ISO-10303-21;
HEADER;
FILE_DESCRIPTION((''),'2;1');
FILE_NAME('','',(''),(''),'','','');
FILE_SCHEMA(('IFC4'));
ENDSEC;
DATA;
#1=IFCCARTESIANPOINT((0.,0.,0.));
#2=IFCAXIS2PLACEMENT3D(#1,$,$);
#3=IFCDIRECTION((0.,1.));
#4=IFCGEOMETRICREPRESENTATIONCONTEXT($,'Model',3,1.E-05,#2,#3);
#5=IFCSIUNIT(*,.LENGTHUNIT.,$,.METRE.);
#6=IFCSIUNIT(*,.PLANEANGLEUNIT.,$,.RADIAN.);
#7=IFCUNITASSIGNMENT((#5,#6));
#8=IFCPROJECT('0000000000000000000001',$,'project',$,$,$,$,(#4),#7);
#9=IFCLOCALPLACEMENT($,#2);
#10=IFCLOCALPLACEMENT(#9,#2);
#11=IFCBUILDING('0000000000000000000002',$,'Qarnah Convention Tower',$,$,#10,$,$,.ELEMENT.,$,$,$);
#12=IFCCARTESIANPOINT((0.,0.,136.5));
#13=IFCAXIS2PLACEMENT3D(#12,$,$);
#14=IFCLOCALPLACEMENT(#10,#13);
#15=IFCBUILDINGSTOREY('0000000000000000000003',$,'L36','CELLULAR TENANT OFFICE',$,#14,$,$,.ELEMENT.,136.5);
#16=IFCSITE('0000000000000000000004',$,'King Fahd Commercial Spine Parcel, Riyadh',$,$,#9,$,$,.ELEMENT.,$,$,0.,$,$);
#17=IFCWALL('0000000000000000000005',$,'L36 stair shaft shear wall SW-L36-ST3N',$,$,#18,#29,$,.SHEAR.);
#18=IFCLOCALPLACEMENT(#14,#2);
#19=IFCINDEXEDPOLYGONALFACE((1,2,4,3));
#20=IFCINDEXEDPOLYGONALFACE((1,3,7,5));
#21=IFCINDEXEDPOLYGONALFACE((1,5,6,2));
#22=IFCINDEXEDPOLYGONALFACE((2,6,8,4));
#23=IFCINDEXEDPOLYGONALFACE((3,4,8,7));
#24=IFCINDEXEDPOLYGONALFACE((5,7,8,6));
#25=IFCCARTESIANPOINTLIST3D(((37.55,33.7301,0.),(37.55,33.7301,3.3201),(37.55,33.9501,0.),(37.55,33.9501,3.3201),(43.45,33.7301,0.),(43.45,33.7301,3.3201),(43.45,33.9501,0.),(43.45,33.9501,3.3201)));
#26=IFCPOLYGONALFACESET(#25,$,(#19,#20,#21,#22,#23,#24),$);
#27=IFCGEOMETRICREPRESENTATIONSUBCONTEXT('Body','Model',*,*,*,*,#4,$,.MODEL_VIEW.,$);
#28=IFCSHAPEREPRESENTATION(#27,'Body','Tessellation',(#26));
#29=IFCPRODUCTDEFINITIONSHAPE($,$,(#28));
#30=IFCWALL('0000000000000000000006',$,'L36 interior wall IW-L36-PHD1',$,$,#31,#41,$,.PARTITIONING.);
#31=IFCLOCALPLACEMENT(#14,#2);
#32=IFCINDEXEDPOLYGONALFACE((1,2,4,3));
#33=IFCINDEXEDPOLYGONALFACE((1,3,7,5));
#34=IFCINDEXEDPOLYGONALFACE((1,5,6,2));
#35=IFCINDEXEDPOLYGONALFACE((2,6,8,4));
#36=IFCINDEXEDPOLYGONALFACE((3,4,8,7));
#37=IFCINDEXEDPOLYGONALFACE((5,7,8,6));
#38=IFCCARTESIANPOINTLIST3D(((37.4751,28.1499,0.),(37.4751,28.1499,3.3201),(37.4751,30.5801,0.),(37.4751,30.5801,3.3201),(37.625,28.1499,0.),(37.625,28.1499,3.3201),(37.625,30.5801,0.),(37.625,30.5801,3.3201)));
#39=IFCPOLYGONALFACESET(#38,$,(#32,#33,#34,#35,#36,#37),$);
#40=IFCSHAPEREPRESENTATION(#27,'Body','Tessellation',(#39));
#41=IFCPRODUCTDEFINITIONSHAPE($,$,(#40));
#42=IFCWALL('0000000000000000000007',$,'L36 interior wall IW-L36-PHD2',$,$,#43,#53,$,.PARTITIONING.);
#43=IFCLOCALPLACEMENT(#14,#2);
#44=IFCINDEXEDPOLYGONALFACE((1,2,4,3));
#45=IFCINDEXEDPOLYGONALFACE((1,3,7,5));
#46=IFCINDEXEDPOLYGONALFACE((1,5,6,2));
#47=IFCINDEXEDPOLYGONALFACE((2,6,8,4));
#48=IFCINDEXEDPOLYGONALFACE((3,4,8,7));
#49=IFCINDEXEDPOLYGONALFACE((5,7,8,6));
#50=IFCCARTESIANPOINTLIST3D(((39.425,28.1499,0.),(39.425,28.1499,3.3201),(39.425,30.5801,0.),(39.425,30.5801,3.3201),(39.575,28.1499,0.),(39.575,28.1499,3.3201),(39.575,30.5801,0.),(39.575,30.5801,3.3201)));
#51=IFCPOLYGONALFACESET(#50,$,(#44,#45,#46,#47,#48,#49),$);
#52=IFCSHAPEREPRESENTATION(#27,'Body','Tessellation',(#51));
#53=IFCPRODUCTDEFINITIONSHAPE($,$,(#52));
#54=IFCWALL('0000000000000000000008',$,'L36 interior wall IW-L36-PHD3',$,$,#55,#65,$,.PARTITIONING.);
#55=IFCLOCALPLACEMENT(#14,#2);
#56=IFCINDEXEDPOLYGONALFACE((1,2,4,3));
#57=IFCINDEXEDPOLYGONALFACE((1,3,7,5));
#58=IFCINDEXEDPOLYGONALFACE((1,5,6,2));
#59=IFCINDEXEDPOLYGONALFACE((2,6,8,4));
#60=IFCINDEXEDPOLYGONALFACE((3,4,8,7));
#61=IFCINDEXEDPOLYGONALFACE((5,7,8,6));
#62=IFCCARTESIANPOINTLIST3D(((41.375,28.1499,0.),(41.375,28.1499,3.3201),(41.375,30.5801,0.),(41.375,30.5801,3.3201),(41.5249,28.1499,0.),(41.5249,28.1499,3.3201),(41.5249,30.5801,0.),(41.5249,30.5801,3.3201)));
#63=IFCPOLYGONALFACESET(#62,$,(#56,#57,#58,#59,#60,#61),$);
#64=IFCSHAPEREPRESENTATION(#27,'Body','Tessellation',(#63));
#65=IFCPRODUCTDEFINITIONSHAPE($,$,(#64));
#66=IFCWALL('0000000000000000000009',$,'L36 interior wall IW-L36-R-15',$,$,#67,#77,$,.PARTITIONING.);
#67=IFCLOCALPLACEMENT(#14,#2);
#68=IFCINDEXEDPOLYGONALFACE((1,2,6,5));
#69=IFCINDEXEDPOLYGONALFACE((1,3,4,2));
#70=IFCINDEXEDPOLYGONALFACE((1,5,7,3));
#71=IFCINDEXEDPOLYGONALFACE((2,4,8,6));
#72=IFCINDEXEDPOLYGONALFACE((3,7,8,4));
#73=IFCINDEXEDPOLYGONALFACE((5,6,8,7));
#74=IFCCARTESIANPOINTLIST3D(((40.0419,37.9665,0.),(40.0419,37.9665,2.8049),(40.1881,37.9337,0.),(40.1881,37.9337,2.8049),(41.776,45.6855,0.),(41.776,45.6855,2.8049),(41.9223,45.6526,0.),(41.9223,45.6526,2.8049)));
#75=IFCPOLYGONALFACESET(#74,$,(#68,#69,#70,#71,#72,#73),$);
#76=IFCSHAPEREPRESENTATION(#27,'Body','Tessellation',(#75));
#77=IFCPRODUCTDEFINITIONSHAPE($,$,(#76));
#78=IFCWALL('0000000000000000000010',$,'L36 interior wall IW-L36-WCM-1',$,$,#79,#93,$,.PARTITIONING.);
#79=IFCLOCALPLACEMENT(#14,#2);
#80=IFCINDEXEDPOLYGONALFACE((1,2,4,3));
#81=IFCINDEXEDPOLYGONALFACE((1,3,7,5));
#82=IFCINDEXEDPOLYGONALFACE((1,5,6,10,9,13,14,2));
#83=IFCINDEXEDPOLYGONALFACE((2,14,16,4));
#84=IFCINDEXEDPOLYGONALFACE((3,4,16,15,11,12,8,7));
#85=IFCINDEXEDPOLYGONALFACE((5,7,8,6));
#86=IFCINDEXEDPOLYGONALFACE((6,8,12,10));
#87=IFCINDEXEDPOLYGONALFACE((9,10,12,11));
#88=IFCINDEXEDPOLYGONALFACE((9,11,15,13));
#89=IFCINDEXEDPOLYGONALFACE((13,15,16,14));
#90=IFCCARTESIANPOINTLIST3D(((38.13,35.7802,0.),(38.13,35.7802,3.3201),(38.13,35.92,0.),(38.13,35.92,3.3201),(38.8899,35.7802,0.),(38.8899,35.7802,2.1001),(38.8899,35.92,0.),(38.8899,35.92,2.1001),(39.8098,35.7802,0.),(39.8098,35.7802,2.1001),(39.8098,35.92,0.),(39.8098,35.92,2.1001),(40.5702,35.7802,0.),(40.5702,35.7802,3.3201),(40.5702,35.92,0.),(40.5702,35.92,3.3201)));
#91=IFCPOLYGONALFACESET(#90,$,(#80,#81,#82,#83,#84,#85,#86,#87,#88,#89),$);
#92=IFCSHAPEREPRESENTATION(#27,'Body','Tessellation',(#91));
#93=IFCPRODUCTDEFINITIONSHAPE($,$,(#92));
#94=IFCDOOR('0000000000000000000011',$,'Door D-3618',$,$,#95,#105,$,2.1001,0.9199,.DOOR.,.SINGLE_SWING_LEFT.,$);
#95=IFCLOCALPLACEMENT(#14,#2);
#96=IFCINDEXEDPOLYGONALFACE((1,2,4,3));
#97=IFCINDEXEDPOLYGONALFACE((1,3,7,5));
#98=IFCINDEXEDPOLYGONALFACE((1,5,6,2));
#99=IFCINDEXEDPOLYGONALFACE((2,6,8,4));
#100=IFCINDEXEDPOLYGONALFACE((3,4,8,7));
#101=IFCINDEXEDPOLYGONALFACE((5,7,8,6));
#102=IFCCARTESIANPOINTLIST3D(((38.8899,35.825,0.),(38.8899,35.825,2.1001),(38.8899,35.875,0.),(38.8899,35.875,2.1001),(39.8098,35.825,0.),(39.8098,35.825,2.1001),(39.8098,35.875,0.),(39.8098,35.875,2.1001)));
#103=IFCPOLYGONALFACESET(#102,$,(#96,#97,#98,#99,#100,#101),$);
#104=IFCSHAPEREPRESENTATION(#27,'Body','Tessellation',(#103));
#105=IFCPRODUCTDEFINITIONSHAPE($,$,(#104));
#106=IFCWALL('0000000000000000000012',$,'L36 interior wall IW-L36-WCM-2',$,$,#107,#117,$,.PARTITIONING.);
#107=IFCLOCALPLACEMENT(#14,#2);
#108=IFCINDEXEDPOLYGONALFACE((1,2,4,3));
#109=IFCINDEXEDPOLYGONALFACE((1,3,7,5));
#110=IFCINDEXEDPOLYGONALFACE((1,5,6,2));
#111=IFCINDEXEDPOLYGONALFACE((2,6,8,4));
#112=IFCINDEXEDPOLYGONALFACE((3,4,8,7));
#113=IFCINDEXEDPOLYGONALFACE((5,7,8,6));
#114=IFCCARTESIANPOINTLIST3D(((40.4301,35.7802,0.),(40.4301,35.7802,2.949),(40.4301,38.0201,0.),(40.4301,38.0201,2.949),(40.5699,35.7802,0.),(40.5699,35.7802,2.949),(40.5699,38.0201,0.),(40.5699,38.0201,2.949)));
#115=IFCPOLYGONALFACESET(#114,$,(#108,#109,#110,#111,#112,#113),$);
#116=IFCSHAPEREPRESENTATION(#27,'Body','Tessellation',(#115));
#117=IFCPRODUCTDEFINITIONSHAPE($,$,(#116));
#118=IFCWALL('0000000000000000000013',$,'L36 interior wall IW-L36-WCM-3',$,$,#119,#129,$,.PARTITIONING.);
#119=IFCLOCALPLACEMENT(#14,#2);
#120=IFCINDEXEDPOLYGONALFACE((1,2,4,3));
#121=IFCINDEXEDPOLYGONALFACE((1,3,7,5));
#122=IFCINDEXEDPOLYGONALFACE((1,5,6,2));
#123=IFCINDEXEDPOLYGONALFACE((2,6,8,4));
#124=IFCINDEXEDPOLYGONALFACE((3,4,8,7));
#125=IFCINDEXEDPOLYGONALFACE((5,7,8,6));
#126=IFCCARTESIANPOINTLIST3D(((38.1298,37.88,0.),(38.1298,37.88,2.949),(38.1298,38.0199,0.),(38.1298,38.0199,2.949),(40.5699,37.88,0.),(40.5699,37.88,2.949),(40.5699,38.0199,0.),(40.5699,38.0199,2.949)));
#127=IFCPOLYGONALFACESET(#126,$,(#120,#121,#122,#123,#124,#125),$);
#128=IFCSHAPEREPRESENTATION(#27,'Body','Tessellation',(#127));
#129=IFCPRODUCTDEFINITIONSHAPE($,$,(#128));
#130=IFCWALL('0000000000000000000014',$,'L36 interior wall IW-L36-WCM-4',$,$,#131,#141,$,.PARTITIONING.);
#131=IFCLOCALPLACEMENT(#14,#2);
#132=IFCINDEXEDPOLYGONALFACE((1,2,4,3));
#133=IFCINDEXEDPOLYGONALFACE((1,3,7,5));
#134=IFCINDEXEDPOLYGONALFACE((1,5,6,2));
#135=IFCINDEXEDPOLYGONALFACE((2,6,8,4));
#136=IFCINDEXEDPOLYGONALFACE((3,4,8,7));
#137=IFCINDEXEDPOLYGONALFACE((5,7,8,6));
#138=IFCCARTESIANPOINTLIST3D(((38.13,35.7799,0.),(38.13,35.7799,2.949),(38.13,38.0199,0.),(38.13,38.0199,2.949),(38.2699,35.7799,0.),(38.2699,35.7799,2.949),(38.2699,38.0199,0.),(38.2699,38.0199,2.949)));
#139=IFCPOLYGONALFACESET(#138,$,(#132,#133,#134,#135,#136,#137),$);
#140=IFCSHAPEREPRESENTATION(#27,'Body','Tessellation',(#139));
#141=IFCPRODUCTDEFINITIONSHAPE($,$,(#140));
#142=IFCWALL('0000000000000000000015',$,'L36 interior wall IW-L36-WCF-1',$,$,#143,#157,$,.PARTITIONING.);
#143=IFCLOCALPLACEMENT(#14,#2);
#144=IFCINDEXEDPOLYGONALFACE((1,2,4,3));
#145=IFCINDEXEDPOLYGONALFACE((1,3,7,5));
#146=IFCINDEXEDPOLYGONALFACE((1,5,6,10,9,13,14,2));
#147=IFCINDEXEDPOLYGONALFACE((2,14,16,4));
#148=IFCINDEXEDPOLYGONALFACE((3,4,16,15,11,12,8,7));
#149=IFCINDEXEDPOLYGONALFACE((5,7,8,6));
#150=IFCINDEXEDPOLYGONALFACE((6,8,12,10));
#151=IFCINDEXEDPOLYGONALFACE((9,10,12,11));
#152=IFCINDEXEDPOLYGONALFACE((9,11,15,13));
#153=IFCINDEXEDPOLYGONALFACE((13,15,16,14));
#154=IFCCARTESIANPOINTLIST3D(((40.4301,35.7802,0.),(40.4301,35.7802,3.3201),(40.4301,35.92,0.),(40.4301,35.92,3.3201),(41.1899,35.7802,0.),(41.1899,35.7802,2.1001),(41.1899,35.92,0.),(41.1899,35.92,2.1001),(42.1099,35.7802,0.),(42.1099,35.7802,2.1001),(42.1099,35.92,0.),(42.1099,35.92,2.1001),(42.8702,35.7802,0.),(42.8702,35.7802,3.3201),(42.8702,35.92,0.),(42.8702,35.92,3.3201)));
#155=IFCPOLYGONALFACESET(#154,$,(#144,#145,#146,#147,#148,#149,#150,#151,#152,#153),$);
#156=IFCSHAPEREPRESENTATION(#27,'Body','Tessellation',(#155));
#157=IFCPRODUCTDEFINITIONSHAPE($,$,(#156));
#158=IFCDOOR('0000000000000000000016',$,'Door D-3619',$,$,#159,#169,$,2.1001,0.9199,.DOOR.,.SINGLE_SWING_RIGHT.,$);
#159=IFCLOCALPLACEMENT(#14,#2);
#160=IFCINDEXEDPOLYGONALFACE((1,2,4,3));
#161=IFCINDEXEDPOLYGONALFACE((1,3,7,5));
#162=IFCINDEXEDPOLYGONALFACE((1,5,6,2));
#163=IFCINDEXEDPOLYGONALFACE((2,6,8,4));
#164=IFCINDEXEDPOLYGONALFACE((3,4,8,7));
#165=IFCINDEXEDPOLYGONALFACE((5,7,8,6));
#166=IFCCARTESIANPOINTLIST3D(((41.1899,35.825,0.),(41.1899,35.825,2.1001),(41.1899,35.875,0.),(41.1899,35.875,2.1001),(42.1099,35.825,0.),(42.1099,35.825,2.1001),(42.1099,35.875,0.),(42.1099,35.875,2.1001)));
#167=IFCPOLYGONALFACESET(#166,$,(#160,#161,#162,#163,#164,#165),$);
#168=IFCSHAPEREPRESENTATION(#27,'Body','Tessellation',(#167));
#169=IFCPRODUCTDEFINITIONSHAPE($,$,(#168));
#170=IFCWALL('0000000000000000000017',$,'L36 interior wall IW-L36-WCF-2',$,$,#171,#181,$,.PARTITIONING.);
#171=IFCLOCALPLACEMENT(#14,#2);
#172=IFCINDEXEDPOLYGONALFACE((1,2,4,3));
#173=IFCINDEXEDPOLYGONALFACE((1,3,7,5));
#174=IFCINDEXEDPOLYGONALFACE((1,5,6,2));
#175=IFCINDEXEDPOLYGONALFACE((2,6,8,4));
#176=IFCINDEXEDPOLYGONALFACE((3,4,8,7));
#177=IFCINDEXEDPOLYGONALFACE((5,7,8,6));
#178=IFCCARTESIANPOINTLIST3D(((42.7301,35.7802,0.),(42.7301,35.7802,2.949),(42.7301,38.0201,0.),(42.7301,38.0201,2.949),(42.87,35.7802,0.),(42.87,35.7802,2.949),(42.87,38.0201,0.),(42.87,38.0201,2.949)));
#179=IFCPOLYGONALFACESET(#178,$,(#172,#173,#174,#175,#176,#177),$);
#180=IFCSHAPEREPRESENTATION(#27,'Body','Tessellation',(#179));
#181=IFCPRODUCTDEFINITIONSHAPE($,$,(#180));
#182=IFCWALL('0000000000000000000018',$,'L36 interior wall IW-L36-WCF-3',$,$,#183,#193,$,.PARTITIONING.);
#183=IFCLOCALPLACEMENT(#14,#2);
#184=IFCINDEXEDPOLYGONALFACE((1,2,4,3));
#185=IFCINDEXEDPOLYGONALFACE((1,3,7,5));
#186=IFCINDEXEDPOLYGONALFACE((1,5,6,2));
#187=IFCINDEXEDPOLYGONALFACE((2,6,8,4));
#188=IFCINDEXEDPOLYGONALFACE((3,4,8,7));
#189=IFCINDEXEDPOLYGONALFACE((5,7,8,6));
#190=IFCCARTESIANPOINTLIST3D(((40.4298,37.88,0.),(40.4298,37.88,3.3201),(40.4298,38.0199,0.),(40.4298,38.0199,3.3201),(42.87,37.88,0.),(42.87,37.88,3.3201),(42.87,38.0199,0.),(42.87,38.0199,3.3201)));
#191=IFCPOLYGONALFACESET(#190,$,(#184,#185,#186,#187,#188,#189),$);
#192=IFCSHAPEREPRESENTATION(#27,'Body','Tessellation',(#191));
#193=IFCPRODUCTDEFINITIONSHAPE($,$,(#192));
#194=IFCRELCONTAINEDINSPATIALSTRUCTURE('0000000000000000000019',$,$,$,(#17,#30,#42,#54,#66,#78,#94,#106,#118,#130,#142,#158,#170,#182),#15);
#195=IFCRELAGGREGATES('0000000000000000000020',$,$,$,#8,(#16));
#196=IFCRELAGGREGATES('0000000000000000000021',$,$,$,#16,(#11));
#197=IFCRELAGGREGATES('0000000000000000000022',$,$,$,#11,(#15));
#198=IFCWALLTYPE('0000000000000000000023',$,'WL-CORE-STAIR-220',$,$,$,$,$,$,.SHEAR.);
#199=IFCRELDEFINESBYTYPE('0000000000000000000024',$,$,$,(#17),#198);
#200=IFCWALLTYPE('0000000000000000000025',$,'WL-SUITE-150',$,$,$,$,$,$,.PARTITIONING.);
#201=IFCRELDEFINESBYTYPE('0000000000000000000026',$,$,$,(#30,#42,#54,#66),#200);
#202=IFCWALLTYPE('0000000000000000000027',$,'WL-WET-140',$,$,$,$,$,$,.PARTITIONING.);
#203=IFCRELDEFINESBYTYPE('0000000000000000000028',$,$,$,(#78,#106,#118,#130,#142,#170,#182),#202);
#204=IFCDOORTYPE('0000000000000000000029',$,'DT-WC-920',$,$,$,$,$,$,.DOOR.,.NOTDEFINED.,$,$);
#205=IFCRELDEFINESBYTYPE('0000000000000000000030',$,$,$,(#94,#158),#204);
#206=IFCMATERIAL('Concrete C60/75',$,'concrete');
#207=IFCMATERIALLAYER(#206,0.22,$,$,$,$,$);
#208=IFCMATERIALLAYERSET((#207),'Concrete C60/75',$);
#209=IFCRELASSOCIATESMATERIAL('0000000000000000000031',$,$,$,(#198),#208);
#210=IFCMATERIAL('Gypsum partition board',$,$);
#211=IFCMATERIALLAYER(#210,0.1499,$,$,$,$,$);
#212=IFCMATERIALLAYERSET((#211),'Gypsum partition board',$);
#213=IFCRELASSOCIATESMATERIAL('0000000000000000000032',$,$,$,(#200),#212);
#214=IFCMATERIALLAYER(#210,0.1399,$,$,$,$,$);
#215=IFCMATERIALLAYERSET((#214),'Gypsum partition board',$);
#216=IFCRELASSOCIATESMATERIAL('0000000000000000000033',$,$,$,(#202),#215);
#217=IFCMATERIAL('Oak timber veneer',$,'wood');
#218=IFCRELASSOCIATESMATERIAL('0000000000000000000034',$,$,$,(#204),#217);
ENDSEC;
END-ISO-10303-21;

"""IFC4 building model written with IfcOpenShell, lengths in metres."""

from ifc_helpers import new_model, si_unit, direction, frame, frame_2d, origin, place, context, subcontext, project, spatial, rectangle, extrude, material, layer, layer_set, type_object, element, fill, save


model = new_model("IFC4")

# Units and contexts
model_context = context("Model", 3, precision=1e-05, world=origin(), true_north=direction((0.0, 1.0)))
body_context = subcontext(model_context, "Body", "Model", "MODEL_VIEW")
ifc_project = project(units=[si_unit("LENGTHUNIT", "METRE"), si_unit("PLANEANGLEUNIT", "RADIAN")], contexts=[model_context])

# Site, building, storey
site_placement = place(None, origin())
site = spatial("IfcSite", under=ifc_project, at=site_placement, Name="King Fahd Commercial Spine Parcel, Riyadh", CompositionType="ELEMENT", RefElevation=0.0)
building_placement = place(site_placement, origin())
building = spatial("IfcBuilding", under=site, at=building_placement, Name="Qarnah Convention Tower", CompositionType="ELEMENT")
storey_placement = place(building_placement, frame((0.0, 0.0, 136.5)))
storey = spatial("IfcBuildingStorey", under=building, at=storey_placement, Name="L36", Description="CELLULAR TENANT OFFICE", CompositionType="ELEMENT", Elevation=136.5)

# Walls
ifc_material_1 = material(Name="Concrete C60/75", Category="concrete")
ifc_layer_1 = layer(ifc_material_1, 0.22)
ifc_layer_set_1 = layer_set([ifc_layer_1], Name="Concrete C60/75")
wall_type_1 = type_object("IfcWallType", Name="WL-CORE-STAIR-220", PredefinedType="SHEAR", material=ifc_layer_set_1)
wall_1_placement = place(storey_placement, frame((37.55, 33.8401, 0.0), z_axis=(0.0, 0.0, 1.0), x_axis=(1.0, 0.0, 0.0)))
element("IfcWall", 1, at=wall_1_placement, inside=storey, type_object=wall_type_1, Name="L36 stair shaft shear wall SW-L36-ST3N", PredefinedType="SHEAR", context=body_context, shape_type="SweptSolid", body=[
    extrude(rectangle(XDim=5.8999, YDim=0.22, at=frame_2d((2.95, 0.0))), origin(), (0.0, 0.0, 1.0), 3.3201),
])
ifc_material_2 = material(Name="Gypsum partition board")
ifc_layer_2 = layer(ifc_material_2, 0.1499)
ifc_layer_set_2 = layer_set([ifc_layer_2], Name="Gypsum partition board")
wall_type_2 = type_object("IfcWallType", Name="WL-SUITE-150", PredefinedType="PARTITIONING", material=ifc_layer_set_2)
for number, where, z_axis, x_axis, name in (
    (2, (37.55, 28.1499, 0.0), (0.0, 0.0, 1.0), (0.0, 1.0, 0.0), "L36 interior wall IW-L36-PHD1"),
    (3, (39.5, 28.1499, 0.0), (0.0, 0.0, 1.0), (0.0, 1.0, 0.0), "L36 interior wall IW-L36-PHD2"),
    (4, (41.45, 28.1499, 0.0), (0.0, 0.0, 1.0), (0.0, 1.0, 0.0), "L36 interior wall IW-L36-PHD3"),
):
    element("IfcWall", number, at=place(storey_placement, frame(where, z_axis=z_axis, x_axis=x_axis)), inside=storey, type_object=wall_type_2, Name=name, PredefinedType="PARTITIONING", context=body_context, shape_type="SweptSolid", body=[
        extrude(rectangle(XDim=2.4302, YDim=0.1499, at=frame_2d((1.2151, 0.0))), origin(), (0.0, 0.0, 1.0), 3.3201),
    ])
wall_2_placement = place(storey_placement, frame((41.8491, 45.6689, 0.0), z_axis=(0.0, 0.0, 1.0), x_axis=(-0.219194, -0.975681, 0.0)))
element("IfcWall", 5, at=wall_2_placement, inside=storey, type_object=wall_type_2, Name="L36 interior wall IW-L36-R-15", PredefinedType="PARTITIONING", context=body_context, shape_type="SweptSolid", body=[
    extrude(rectangle(XDim=7.9114, YDim=0.1499, at=frame_2d((3.9556, 0.0))), origin(), (0.0, 0.0, 1.0), 2.8049),
])

# Wall, opening, door
ifc_layer_3 = layer(ifc_material_2, 0.1399)
ifc_layer_set_3 = layer_set([ifc_layer_3], Name="Gypsum partition board")
wall_type_3 = type_object("IfcWallType", Name="WL-WET-140", PredefinedType="PARTITIONING", material=ifc_layer_set_3)
wall_3_placement = place(storey_placement, frame((38.1299, 35.8501, 0.0), z_axis=(0.0, 0.0, 1.0), x_axis=(1.0, 0.0, 0.0)))
wall_3 = element("IfcWall", 6, at=wall_3_placement, inside=storey, type_object=wall_type_3, Name="L36 interior wall IW-L36-WCM-1", PredefinedType="PARTITIONING", context=body_context, shape_type="SweptSolid", body=[
    extrude(rectangle(XDim=2.4402, YDim=0.1399, at=frame_2d((1.2202, 0.0))), origin(), (0.0, 0.0, 1.0), 3.3201),
])
opening_1_placement = place(wall_3_placement, frame((0.76, 0.0, 0.0)))
opening_1 = element("IfcOpeningElement", 7, at=opening_1_placement, cuts=wall_3, PredefinedType="OPENING", context=body_context, shape_type="SweptSolid", body=[
    extrude(rectangle(XDim=0.9199, YDim=2.1001, at=frame_2d((0.46, 1.05))), frame((0.0, 0.0798, 0.0), z_axis=(0.0, -1.0, 0.0), x_axis=(1.0, 0.0, 0.0)), (0.0, 0.0, 1.0), 0.1599),
])
ifc_material_3 = material(Name="Oak timber veneer", Category="wood")
door_type_1 = type_object("IfcDoorType", Name="DT-WC-920", OperationType="NOTDEFINED", PredefinedType="DOOR", material=ifc_material_3)
door_1_placement = place(opening_1_placement, origin())
door_1 = element("IfcDoor", 8, at=door_1_placement, inside=storey, type_object=door_type_1, Name="Door D-3618", OperationType="SINGLE_SWING_LEFT", OverallHeight=2.1001, OverallWidth=0.9199, PredefinedType="DOOR", context=body_context, shape_type="SweptSolid", body=[
    extrude(rectangle(XDim=0.9199, YDim=2.1001, at=frame_2d((0.46, 1.05))), frame((0.0, 0.0249, 0.0), z_axis=(0.0, -1.0, 0.0), x_axis=(1.0, 0.0, 0.0)), (0.0, 0.0, 1.0), 0.05),
])
fill(opening_1, door_1)

# Walls
wall_4_placement = place(storey_placement, frame((40.5, 35.78, 0.0), z_axis=(0.0, 0.0, 1.0), x_axis=(0.0, 1.0, 0.0)))
element("IfcWall", 9, at=wall_4_placement, inside=storey, type_object=wall_type_3, Name="L36 interior wall IW-L36-WCM-2", PredefinedType="PARTITIONING", context=body_context, shape_type="SweptSolid", body=[
    extrude(rectangle(XDim=2.24, YDim=0.1399, at=frame_2d((1.1201, 0.0))), origin(), (0.0, 0.0, 1.0), 2.949),
])
wall_5_placement = place(storey_placement, frame((40.5701, 37.95, 0.0), z_axis=(0.0, 0.0, 1.0), x_axis=(-1.0, 0.0, 0.0)))
element("IfcWall", 10, at=wall_5_placement, inside=storey, type_object=wall_type_3, Name="L36 interior wall IW-L36-WCM-3", PredefinedType="PARTITIONING", context=body_context, shape_type="SweptSolid", body=[
    extrude(rectangle(XDim=2.4402, YDim=0.1399, at=frame_2d((1.2202, 0.0))), origin(), (0.0, 0.0, 1.0), 2.949),
])
wall_6_placement = place(storey_placement, frame((38.2, 38.02, 0.0), z_axis=(0.0, 0.0, 1.0), x_axis=(0.0, -1.0, 0.0)))
element("IfcWall", 11, at=wall_6_placement, inside=storey, type_object=wall_type_3, Name="L36 interior wall IW-L36-WCM-4", PredefinedType="PARTITIONING", context=body_context, shape_type="SweptSolid", body=[
    extrude(rectangle(XDim=2.24, YDim=0.1399, at=frame_2d((1.1201, 0.0))), origin(), (0.0, 0.0, 1.0), 2.949),
])

# Wall, opening, door
wall_7_placement = place(storey_placement, frame((40.4299, 35.8501, 0.0), z_axis=(0.0, 0.0, 1.0), x_axis=(1.0, 0.0, 0.0)))
wall_7 = element("IfcWall", 12, at=wall_7_placement, inside=storey, type_object=wall_type_3, Name="L36 interior wall IW-L36-WCF-1", PredefinedType="PARTITIONING", context=body_context, shape_type="SweptSolid", body=[
    extrude(rectangle(XDim=2.4402, YDim=0.1399, at=frame_2d((1.2202, 0.0))), origin(), (0.0, 0.0, 1.0), 3.3201),
])
opening_2_placement = place(wall_7_placement, frame((0.76, 0.0, 0.0)))
opening_2 = element("IfcOpeningElement", 13, at=opening_2_placement, cuts=wall_7, PredefinedType="OPENING", context=body_context, shape_type="SweptSolid", body=[
    extrude(rectangle(XDim=0.9199, YDim=2.1001, at=frame_2d((0.46, 1.05))), frame((0.0, 0.0798, 0.0), z_axis=(0.0, -1.0, 0.0), x_axis=(1.0, 0.0, 0.0)), (0.0, 0.0, 1.0), 0.1599),
])
door_2_placement = place(opening_2_placement, origin())
door_2 = element("IfcDoor", 14, at=door_2_placement, inside=storey, type_object=door_type_1, Name="Door D-3619", OperationType="SINGLE_SWING_RIGHT", OverallHeight=2.1001, OverallWidth=0.9199, PredefinedType="DOOR", context=body_context, shape_type="SweptSolid", body=[
    extrude(rectangle(XDim=0.9199, YDim=2.1001, at=frame_2d((0.46, 1.05))), frame((0.0, 0.0249, 0.0), z_axis=(0.0, -1.0, 0.0), x_axis=(1.0, 0.0, 0.0)), (0.0, 0.0, 1.0), 0.05),
])
fill(opening_2, door_2)

# Walls
wall_8_placement = place(storey_placement, frame((42.8, 35.78, 0.0), z_axis=(0.0, 0.0, 1.0), x_axis=(0.0, 1.0, 0.0)))
element("IfcWall", 15, at=wall_8_placement, inside=storey, type_object=wall_type_3, Name="L36 interior wall IW-L36-WCF-2", PredefinedType="PARTITIONING", context=body_context, shape_type="SweptSolid", body=[
    extrude(rectangle(XDim=2.24, YDim=0.1399, at=frame_2d((1.1201, 0.0))), origin(), (0.0, 0.0, 1.0), 2.949),
])
wall_9_placement = place(storey_placement, frame((42.8701, 37.95, 0.0), z_axis=(0.0, 0.0, 1.0), x_axis=(-1.0, 0.0, 0.0)))
element("IfcWall", 16, at=wall_9_placement, inside=storey, type_object=wall_type_3, Name="L36 interior wall IW-L36-WCF-3", PredefinedType="PARTITIONING", context=body_context, shape_type="SweptSolid", body=[
    extrude(rectangle(XDim=2.4402, YDim=0.1399, at=frame_2d((1.2202, 0.0))), origin(), (0.0, 0.0, 1.0), 3.3201),
])

save(model, "model.ifc")
